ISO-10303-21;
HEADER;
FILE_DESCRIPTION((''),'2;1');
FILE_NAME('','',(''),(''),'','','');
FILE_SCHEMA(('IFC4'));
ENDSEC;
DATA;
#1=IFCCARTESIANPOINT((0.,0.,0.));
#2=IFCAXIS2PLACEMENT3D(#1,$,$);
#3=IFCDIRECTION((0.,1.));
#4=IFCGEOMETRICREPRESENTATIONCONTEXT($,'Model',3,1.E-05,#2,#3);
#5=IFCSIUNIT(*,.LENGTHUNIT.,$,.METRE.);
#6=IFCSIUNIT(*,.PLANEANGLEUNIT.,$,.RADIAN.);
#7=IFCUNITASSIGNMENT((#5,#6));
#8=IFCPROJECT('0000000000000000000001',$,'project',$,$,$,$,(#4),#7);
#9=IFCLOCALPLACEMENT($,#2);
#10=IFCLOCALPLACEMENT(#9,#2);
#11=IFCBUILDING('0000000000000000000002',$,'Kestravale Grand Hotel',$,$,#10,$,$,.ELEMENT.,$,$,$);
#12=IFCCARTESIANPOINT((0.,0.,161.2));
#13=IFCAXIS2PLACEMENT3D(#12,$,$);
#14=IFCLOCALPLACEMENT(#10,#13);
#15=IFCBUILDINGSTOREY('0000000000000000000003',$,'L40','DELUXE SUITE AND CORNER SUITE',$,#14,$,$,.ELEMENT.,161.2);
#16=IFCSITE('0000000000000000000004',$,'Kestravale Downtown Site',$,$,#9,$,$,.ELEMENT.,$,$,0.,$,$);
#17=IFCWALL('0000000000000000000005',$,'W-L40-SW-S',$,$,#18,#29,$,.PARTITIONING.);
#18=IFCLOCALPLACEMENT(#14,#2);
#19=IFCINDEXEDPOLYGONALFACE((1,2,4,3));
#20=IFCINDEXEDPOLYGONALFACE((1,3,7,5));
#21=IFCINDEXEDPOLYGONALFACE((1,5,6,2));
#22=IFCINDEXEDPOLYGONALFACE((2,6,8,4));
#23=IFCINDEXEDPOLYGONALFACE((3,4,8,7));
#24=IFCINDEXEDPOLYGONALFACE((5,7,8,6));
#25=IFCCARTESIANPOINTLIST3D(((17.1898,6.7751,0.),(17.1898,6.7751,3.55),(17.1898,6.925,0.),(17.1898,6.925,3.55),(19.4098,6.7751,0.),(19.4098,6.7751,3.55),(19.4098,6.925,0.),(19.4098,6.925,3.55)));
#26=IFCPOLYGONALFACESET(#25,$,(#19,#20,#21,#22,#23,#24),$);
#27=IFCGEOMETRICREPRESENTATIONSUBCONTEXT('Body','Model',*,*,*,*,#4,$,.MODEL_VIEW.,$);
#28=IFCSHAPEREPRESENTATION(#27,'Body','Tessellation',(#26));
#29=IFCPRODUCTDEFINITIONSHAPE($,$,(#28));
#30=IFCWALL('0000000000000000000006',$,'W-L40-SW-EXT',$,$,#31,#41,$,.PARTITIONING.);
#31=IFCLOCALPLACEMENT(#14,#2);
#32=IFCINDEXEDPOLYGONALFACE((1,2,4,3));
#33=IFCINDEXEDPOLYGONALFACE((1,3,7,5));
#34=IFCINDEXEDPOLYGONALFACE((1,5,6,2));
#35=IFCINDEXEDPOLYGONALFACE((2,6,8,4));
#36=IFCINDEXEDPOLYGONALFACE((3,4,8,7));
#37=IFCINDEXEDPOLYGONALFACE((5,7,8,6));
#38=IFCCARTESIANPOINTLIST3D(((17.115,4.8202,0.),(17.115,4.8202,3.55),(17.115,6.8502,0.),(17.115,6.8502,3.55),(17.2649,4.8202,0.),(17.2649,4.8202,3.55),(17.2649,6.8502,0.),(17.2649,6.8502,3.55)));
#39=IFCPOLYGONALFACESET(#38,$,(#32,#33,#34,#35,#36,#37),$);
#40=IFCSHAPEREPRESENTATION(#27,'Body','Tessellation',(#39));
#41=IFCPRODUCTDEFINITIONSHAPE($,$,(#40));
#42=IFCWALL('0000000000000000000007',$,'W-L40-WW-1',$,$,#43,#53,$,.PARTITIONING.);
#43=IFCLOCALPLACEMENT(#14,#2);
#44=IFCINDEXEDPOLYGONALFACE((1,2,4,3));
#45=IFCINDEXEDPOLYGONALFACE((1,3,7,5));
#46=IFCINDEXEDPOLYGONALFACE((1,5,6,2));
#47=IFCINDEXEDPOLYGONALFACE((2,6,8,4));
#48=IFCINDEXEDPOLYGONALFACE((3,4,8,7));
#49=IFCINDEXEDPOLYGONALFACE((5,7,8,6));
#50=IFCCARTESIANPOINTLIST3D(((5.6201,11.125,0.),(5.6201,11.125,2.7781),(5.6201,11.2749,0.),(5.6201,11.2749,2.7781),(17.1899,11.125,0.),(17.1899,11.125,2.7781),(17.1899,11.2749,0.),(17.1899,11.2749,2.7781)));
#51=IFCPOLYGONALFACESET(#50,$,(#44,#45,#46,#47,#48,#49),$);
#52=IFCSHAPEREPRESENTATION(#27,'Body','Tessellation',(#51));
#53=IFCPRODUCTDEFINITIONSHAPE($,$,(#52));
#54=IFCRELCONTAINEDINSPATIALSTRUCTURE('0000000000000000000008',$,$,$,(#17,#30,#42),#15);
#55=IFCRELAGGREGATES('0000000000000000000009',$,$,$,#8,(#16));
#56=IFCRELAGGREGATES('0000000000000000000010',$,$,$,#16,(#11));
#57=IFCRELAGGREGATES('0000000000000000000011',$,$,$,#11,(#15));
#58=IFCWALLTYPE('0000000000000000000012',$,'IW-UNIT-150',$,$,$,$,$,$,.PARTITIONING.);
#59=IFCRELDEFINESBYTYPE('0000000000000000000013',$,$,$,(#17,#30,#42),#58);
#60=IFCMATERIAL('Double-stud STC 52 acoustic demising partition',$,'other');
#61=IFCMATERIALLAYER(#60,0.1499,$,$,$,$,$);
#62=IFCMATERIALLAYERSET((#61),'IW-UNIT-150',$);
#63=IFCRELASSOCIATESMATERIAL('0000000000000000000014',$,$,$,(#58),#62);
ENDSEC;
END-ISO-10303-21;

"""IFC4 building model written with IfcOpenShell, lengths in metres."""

from ifc_helpers import new_model, si_unit, direction, frame, frame_2d, origin, place, context, subcontext, project, spatial, rectangle, extrude, material, layer, layer_set, type_object, element, save


model = new_model("IFC4")

# Units and contexts
model_context = context("Model", 3, precision=1e-05, world=origin(), true_north=direction((0.0, 1.0)))
body_context = subcontext(model_context, "Body", "Model", "MODEL_VIEW")
ifc_project = project(units=[si_unit("LENGTHUNIT", "METRE"), si_unit("PLANEANGLEUNIT", "RADIAN")], contexts=[model_context])

# Site, building, storey
site_placement = place(None, origin())
site = spatial("IfcSite", under=ifc_project, at=site_placement, Name="Kestravale Downtown Site", CompositionType="ELEMENT", RefElevation=0.0)
building_placement = place(site_placement, origin())
building = spatial("IfcBuilding", under=site, at=building_placement, Name="Kestravale Grand Hotel", CompositionType="ELEMENT")
storey_placement = place(building_placement, frame((0.0, 0.0, 161.2)))
storey = spatial("IfcBuildingStorey", under=building, at=storey_placement, Name="L40", Description="DELUXE SUITE AND CORNER SUITE", CompositionType="ELEMENT", Elevation=161.2)

# Walls
ifc_material_1 = material(Name="Double-stud STC 52 acoustic demising partition", Category="other")
ifc_layer_1 = layer(ifc_material_1, 0.1499)
ifc_layer_set_1 = layer_set([ifc_layer_1], Name="IW-UNIT-150")
wall_type_1 = type_object("IfcWallType", Name="IW-UNIT-150", PredefinedType="PARTITIONING", material=ifc_layer_set_1)
wall_1_placement = place(storey_placement, frame((17.1899, 6.8501, 0.0), z_axis=(0.0, 0.0, 1.0), x_axis=(1.0, 0.0, 0.0)))
element("IfcWall", 1, at=wall_1_placement, inside=storey, type_object=wall_type_1, Name="W-L40-SW-S", PredefinedType="PARTITIONING", context=body_context, shape_type="SweptSolid", body=[
    extrude(rectangle(XDim=2.22, YDim=0.1499, at=frame_2d((1.1099, 0.0))), origin(), (0.0, 0.0, 1.0), 3.55),
])
wall_2_placement = place(storey_placement, frame((17.1899, 4.8201, 0.0), z_axis=(0.0, 0.0, 1.0), x_axis=(0.0, 1.0, 0.0)))
element("IfcWall", 2, at=wall_2_placement, inside=storey, type_object=wall_type_1, Name="W-L40-SW-EXT", PredefinedType="PARTITIONING", context=body_context, shape_type="SweptSolid", body=[
    extrude(rectangle(XDim=2.03, YDim=0.1499, at=frame_2d((1.0151, 0.0))), origin(), (0.0, 0.0, 1.0), 3.55),
])
wall_3_placement = place(storey_placement, frame((5.6201, 11.2, 0.0), z_axis=(0.0, 0.0, 1.0), x_axis=(1.0, 0.0, 0.0)))
element("IfcWall", 3, at=wall_3_placement, inside=storey, type_object=wall_type_1, Name="W-L40-WW-1", PredefinedType="PARTITIONING", context=body_context, shape_type="SweptSolid", body=[
    extrude(rectangle(XDim=11.5698, YDim=0.1499, at=frame_2d((5.7849, 0.0))), origin(), (0.0, 0.0, 1.0), 2.7781),
])

save(model, "model.ifc")
